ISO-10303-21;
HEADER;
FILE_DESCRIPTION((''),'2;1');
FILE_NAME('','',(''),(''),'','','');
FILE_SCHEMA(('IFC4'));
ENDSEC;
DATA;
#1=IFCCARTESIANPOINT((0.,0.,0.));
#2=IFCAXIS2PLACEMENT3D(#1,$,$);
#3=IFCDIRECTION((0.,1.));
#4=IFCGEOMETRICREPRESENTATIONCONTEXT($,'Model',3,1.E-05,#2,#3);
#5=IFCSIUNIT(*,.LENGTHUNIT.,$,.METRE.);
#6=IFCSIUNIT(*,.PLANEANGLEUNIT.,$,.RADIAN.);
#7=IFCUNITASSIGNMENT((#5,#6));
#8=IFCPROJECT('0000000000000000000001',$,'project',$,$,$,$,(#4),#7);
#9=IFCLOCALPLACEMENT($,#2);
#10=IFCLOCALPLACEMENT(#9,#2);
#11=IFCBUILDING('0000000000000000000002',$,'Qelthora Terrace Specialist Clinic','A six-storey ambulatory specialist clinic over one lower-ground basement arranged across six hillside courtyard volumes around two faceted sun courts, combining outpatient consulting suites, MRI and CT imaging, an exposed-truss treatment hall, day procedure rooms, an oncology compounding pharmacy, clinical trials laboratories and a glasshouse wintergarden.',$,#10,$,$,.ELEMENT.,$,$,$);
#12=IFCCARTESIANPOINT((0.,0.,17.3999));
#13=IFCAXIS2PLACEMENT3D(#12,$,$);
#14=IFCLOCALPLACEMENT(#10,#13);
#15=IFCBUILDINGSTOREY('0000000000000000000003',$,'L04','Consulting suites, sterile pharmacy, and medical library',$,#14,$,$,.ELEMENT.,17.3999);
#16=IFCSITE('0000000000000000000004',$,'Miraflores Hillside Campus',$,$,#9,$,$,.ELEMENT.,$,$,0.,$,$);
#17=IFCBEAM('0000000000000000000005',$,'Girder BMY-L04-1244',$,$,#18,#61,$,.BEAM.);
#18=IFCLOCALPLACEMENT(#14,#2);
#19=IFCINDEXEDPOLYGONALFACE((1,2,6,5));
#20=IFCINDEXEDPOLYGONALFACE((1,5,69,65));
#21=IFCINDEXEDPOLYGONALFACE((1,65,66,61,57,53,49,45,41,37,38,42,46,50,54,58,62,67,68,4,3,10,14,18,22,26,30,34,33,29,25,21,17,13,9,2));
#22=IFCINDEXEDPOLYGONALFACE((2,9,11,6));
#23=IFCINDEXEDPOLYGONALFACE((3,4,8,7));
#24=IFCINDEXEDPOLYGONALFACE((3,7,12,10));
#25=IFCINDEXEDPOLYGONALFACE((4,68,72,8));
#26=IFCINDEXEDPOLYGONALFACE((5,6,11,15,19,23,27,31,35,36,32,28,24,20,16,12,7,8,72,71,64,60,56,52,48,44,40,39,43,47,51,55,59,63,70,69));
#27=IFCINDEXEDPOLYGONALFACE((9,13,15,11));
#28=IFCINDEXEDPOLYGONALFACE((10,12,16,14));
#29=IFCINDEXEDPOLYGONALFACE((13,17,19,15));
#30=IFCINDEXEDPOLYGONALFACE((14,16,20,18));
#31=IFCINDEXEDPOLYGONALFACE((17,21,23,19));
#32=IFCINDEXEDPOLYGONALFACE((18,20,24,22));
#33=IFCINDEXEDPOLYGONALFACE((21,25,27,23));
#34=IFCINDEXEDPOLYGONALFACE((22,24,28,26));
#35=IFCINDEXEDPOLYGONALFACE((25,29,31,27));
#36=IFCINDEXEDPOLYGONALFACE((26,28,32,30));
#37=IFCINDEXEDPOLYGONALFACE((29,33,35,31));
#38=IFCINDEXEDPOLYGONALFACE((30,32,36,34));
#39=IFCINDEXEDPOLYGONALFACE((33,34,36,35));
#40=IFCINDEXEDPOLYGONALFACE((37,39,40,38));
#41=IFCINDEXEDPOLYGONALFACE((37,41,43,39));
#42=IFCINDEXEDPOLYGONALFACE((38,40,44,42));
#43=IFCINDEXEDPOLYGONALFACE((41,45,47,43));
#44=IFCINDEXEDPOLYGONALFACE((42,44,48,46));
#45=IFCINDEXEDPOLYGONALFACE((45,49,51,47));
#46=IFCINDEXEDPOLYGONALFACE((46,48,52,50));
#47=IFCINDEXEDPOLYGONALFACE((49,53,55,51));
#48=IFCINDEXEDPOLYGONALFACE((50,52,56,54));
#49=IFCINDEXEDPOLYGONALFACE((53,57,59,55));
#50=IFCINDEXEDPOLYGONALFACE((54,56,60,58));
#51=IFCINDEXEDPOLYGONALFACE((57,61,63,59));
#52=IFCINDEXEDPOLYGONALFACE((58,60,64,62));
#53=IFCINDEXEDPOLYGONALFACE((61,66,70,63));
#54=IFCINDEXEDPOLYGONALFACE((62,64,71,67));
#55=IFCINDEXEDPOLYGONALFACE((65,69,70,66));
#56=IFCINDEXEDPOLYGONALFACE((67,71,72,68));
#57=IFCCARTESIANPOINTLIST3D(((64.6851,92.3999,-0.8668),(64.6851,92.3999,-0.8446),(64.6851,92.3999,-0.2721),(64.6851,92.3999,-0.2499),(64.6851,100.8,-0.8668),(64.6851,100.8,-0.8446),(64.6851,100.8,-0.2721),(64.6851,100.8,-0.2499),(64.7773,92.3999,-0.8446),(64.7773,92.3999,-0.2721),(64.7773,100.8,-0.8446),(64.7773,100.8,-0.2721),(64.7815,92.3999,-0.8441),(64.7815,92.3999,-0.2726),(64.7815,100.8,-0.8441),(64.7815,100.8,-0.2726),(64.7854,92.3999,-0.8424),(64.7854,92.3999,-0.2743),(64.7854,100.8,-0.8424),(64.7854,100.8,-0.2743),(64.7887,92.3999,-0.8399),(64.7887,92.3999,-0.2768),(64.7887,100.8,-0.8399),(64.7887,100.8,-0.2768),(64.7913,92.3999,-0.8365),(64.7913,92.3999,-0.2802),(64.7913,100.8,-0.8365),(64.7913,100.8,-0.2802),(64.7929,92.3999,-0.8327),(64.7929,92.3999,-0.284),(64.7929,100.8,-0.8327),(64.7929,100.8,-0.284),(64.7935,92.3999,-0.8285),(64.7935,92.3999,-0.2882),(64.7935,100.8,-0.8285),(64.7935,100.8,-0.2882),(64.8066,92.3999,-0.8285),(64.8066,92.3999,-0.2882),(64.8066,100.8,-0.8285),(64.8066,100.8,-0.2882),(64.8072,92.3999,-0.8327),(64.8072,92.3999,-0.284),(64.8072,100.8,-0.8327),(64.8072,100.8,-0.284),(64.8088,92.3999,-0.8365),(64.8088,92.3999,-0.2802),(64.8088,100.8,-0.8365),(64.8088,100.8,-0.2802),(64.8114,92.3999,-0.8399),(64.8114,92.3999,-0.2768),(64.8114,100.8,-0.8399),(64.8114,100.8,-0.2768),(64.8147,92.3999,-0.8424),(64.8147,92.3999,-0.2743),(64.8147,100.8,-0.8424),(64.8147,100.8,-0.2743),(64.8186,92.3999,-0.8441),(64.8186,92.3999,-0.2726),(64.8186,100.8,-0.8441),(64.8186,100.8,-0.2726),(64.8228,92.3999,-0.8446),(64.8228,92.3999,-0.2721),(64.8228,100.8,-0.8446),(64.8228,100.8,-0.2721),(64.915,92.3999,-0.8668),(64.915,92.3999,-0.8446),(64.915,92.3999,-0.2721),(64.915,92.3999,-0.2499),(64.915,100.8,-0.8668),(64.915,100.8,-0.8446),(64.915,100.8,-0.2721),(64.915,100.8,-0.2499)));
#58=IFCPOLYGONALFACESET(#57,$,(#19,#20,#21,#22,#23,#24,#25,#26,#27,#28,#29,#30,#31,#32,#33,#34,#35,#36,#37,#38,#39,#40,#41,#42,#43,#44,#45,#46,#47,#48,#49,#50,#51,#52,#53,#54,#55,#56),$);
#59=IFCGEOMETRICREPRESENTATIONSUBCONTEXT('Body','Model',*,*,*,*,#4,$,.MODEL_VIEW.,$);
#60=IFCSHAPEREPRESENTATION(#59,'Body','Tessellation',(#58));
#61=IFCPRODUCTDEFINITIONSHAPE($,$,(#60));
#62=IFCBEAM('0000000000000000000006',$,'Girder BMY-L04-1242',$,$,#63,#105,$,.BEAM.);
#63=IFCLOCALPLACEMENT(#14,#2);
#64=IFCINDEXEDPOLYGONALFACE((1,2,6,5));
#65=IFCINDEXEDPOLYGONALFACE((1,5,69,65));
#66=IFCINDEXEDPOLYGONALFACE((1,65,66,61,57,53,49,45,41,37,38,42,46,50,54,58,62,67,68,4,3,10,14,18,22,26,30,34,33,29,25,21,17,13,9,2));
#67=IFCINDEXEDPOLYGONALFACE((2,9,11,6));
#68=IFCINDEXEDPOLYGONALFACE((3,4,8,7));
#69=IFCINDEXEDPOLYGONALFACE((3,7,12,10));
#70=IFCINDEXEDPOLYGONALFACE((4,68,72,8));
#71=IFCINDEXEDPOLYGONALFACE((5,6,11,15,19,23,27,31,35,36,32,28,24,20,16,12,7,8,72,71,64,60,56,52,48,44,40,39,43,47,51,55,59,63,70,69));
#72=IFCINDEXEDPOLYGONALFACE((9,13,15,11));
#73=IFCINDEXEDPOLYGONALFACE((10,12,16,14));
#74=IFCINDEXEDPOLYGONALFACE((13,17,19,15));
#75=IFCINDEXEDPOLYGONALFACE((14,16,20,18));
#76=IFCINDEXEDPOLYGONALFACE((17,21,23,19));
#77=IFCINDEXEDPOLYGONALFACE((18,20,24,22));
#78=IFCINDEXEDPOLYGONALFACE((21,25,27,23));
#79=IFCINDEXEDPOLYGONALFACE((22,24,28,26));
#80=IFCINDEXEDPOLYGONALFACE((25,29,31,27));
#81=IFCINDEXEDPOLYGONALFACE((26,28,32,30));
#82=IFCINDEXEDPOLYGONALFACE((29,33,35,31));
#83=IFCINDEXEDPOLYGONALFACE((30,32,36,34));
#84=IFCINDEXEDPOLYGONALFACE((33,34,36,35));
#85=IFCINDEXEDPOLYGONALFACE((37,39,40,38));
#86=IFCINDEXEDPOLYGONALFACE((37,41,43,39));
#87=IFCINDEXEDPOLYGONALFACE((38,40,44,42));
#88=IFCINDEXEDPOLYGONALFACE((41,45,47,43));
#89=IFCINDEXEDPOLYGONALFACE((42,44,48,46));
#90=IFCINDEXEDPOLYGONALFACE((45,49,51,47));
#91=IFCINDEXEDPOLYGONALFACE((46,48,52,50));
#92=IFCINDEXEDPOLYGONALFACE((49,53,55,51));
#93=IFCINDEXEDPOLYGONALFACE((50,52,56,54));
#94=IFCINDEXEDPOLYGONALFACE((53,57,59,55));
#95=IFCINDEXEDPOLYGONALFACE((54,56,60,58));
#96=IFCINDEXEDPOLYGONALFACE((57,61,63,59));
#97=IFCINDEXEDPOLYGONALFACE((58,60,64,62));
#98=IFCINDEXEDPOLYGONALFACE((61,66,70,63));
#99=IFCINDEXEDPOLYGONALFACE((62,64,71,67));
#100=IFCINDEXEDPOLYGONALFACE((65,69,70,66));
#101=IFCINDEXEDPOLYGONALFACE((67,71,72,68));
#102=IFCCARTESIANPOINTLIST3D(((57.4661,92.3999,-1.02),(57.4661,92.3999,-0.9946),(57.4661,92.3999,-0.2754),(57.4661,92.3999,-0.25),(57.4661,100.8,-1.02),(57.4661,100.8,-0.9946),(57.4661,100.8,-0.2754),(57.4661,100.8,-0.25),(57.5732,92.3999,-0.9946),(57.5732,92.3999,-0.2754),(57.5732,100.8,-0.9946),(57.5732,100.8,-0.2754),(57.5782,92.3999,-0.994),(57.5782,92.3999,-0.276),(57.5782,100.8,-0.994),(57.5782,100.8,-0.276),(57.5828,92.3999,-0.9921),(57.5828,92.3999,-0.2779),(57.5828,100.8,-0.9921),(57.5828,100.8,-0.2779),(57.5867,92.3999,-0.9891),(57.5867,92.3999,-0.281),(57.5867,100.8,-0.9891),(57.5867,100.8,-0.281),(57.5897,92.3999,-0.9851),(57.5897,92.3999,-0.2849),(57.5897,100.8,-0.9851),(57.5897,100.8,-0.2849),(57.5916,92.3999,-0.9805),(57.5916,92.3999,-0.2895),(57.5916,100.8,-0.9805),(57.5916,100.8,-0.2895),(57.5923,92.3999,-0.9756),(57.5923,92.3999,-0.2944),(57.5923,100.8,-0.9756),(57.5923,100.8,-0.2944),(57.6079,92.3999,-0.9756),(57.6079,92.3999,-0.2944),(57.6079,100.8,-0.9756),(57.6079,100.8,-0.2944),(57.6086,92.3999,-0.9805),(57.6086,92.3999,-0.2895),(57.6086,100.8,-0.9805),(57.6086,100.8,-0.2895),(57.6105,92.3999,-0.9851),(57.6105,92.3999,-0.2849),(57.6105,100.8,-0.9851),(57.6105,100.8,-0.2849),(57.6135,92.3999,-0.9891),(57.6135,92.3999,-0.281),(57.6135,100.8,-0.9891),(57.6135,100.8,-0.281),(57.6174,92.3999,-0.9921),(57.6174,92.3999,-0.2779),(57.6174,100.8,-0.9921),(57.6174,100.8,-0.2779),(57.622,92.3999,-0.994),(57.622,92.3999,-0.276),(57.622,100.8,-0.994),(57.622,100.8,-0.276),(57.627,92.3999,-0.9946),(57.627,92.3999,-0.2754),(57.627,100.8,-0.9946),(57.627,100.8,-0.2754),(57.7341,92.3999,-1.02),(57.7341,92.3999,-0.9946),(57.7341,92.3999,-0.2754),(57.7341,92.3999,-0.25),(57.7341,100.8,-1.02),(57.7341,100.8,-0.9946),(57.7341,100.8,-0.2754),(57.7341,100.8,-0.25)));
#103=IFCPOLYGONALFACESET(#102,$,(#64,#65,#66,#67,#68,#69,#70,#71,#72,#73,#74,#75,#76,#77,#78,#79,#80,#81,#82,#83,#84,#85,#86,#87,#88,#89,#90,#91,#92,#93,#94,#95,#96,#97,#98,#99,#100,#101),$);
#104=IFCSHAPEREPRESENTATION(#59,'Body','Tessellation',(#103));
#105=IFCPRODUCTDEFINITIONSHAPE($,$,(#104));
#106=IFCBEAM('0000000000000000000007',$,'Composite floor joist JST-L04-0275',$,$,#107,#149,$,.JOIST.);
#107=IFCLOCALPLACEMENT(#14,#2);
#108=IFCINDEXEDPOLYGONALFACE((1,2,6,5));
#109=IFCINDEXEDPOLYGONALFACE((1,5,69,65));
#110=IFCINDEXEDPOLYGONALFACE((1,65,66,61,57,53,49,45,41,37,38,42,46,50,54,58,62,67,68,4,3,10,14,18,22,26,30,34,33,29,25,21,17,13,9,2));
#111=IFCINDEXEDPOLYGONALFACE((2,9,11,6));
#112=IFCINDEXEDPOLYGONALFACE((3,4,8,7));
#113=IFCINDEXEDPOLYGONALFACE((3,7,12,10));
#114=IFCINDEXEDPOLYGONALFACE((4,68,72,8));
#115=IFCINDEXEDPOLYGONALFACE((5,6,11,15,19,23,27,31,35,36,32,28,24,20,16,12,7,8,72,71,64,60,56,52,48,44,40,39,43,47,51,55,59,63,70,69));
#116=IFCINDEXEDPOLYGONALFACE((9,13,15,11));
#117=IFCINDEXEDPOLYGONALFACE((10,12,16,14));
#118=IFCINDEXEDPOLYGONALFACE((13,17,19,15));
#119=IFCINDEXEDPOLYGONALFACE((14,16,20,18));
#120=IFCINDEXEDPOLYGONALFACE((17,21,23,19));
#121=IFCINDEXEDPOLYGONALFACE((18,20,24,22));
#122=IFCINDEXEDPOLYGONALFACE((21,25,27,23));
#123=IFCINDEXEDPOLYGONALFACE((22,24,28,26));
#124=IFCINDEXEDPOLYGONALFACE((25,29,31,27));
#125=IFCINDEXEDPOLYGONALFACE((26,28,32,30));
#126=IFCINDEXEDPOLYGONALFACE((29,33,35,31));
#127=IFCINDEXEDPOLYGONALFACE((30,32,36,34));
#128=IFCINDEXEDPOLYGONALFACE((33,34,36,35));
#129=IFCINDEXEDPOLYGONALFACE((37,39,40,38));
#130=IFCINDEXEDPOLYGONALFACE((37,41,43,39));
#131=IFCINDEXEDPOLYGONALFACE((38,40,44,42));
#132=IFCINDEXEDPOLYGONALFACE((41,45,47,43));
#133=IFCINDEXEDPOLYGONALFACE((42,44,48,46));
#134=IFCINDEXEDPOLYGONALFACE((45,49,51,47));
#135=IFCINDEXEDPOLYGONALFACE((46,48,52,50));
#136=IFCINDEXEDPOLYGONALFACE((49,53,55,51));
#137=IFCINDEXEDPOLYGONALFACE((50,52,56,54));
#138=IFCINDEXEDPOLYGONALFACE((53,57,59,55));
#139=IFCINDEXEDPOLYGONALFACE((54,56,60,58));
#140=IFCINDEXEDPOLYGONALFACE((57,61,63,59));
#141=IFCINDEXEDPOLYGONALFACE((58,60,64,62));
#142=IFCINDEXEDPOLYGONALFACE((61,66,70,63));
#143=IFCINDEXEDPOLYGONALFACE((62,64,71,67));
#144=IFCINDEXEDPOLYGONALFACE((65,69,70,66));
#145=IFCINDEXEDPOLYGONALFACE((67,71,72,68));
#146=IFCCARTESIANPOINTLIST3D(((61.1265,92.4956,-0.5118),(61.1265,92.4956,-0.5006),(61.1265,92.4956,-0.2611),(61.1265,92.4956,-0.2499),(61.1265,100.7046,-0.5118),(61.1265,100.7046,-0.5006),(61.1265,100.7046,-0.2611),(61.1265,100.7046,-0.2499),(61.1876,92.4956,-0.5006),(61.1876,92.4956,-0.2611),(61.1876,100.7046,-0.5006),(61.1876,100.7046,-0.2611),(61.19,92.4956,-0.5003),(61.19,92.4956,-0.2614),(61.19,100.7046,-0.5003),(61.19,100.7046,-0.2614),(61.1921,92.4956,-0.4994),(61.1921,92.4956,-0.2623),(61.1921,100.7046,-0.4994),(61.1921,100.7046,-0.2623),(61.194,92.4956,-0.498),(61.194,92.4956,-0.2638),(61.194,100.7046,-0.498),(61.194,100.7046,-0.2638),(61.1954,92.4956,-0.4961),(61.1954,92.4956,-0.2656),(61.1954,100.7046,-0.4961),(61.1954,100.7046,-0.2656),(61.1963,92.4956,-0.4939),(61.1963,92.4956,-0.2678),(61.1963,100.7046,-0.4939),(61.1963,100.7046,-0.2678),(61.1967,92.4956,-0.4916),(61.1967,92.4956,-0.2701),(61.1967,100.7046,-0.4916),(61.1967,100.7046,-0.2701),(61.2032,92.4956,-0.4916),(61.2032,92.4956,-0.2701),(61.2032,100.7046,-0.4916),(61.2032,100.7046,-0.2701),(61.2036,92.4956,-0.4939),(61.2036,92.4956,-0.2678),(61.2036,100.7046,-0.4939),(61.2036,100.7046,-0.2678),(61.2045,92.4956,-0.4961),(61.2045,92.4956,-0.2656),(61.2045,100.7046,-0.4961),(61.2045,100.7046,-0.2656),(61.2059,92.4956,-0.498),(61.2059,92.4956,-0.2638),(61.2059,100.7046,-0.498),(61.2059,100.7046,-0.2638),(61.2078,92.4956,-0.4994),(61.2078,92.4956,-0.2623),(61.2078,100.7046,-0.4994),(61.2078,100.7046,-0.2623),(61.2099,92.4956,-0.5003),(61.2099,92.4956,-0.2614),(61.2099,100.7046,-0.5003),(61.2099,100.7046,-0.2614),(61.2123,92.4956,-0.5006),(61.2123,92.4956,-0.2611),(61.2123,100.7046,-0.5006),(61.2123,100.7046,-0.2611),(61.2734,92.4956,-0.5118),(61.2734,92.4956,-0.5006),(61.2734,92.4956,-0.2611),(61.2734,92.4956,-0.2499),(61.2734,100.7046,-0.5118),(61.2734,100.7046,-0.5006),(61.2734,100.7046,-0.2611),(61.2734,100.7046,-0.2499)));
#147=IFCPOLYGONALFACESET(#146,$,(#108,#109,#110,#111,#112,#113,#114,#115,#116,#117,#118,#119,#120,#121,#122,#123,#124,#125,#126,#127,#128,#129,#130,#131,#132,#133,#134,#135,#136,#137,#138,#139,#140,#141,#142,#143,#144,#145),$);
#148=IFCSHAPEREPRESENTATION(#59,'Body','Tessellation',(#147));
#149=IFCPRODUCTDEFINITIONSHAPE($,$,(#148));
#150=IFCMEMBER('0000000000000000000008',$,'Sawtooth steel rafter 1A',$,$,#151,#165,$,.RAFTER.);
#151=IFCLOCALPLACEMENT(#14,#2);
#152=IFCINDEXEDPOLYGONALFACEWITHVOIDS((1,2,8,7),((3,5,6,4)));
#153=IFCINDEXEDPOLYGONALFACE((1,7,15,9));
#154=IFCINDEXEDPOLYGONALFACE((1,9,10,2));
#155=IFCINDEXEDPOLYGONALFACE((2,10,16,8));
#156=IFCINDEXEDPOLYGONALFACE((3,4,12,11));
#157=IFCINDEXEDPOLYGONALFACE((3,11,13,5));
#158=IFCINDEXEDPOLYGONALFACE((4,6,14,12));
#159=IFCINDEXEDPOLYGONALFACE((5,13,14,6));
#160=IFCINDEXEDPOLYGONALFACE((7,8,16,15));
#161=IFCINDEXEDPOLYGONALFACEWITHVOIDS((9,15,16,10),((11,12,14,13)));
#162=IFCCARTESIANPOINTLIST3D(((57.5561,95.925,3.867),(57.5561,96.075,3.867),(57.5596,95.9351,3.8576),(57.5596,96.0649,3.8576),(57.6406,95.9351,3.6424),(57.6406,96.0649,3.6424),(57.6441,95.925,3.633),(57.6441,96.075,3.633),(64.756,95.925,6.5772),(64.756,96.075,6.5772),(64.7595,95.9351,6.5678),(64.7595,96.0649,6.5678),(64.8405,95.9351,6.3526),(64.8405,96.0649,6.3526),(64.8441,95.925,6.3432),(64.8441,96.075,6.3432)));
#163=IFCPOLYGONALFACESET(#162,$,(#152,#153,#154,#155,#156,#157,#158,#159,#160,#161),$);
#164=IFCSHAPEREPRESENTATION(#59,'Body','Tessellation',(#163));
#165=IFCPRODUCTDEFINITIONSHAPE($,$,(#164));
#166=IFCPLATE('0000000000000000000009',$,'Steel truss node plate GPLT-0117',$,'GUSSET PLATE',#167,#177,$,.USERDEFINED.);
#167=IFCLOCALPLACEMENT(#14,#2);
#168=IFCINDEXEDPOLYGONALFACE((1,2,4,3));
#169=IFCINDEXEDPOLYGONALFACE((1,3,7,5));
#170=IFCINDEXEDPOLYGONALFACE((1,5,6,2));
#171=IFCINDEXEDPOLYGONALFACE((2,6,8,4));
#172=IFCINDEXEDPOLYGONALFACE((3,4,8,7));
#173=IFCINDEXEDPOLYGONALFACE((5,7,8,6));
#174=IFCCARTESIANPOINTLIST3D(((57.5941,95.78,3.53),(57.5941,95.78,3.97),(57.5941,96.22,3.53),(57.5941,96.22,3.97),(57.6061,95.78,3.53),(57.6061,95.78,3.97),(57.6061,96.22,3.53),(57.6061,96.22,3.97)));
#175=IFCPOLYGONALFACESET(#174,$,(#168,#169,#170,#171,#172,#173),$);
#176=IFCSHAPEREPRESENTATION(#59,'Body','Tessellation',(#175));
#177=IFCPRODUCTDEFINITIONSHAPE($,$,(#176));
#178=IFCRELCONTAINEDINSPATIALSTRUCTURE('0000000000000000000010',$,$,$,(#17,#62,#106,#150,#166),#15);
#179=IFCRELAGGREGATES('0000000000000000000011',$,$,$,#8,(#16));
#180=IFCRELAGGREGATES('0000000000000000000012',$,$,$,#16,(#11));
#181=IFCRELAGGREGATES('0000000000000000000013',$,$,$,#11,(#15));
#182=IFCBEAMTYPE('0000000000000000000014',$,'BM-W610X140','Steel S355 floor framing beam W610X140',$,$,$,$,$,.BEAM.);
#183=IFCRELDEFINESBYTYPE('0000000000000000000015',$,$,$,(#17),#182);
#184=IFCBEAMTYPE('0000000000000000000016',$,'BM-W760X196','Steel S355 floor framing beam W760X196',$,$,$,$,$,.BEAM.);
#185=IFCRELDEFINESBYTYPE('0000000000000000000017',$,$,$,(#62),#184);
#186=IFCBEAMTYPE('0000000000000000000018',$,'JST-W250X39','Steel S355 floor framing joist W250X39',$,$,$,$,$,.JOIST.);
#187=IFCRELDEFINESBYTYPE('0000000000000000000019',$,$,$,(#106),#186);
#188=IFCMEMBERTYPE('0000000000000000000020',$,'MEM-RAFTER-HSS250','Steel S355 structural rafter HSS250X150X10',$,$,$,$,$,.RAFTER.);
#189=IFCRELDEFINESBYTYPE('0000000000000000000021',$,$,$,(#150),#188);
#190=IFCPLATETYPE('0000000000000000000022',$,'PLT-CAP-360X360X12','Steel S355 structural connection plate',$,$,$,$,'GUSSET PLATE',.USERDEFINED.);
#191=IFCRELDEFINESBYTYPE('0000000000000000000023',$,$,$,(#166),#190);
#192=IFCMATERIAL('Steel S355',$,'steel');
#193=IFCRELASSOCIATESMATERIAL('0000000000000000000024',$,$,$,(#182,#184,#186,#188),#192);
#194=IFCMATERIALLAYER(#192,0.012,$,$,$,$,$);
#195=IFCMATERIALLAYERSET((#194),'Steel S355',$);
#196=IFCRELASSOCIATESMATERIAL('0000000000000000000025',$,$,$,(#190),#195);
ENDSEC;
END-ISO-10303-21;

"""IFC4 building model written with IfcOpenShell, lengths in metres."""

from ifc_helpers import new_model, si_unit, direction, frame, origin, origin_2d, place, context, subcontext, project, spatial, rectangle, hollow_rectangle, i_section, extrude, material, layer, layer_set, material_profile, profile_set, type_object, element, save


model = new_model("IFC4")

# Units and contexts
model_context = context("Model", 3, precision=1e-05, world=origin(), true_north=direction((0.0, 1.0)))
body_context = subcontext(model_context, "Body", "Model", "MODEL_VIEW")
ifc_project = project(units=[si_unit("LENGTHUNIT", "METRE"), si_unit("PLANEANGLEUNIT", "RADIAN")], contexts=[model_context])

# Site, building, storey
site_placement = place(None, origin())
site = spatial("IfcSite", under=ifc_project, at=site_placement, Name="Miraflores Hillside Campus", CompositionType="ELEMENT", RefElevation=0.0)
building_placement = place(site_placement, origin())
building = spatial("IfcBuilding", under=site, at=building_placement, Name="Qelthora Terrace Specialist Clinic", Description="A six-storey ambulatory specialist clinic over one lower-ground basement arranged across six hillside courtyard volumes around two faceted sun courts, combining outpatient consulting suites, MRI and CT imaging, an exposed-truss treatment hall, day procedure rooms, an oncology compounding pharmacy, clinical trials laboratories and a glasshouse wintergarden.", CompositionType="ELEMENT")
storey_placement = place(building_placement, frame((0.0, 0.0, 17.3999)))
storey = spatial("IfcBuildingStorey", under=building, at=storey_placement, Name="L04", Description="Consulting suites, sterile pharmacy, and medical library", CompositionType="ELEMENT", Elevation=17.3999)

# Shared definitions
ifc_material_1 = material(Name="Steel S355", Category="steel")

# Beams
ifc_material_profile_1 = material_profile(ifc_material_1, i_section(OverallWidth=0.23, OverallDepth=0.6169, WebThickness=0.0132, FlangeThickness=0.0222, FilletRadius=0.0161, at=origin_2d()), Name="W610X140")
ifc_profile_set_1 = profile_set([ifc_material_profile_1], Name="Steel S355")
beam_type_1 = type_object("IfcBeamType", Name="BM-W610X140", Description="Steel S355 floor framing beam W610X140", PredefinedType="BEAM", material=ifc_profile_set_1)
beam_1_placement = place(storey_placement, frame((64.8, 92.3999, -0.5583), z_axis=(0.0, 1.0, 0.0), x_axis=(-1.0, 0.0, 0.0)))
element("IfcBeam", 1, at=beam_1_placement, inside=storey, type_object=beam_type_1, Name="Girder BMY-L04-1244", PredefinedType="BEAM", context=body_context, shape_type="SweptSolid", body=[
    extrude(i_section(OverallWidth=0.23, OverallDepth=0.6169, WebThickness=0.0132, FlangeThickness=0.0222, FilletRadius=0.0161, at=origin_2d()), origin(), (0.0, 0.0, 1.0), 8.4001),
])
ifc_material_profile_2 = material_profile(ifc_material_1, i_section(OverallWidth=0.2681, OverallDepth=0.77, WebThickness=0.0156, FlangeThickness=0.0254, FilletRadius=0.019, at=origin_2d()), Name="W760X196")
ifc_profile_set_2 = profile_set([ifc_material_profile_2], Name="Steel S355")
beam_type_2 = type_object("IfcBeamType", Name="BM-W760X196", Description="Steel S355 floor framing beam W760X196", PredefinedType="BEAM", material=ifc_profile_set_2)
beam_2_placement = place(storey_placement, frame((57.6001, 92.3999, -0.635), z_axis=(0.0, 1.0, 0.0), x_axis=(-1.0, 0.0, 0.0)))
element("IfcBeam", 2, at=beam_2_placement, inside=storey, type_object=beam_type_2, Name="Girder BMY-L04-1242", PredefinedType="BEAM", context=body_context, shape_type="SweptSolid", body=[
    extrude(i_section(OverallWidth=0.2681, OverallDepth=0.77, WebThickness=0.0156, FlangeThickness=0.0254, FilletRadius=0.019, at=origin_2d()), origin(), (0.0, 0.0, 1.0), 8.4001),
])
ifc_material_profile_3 = material_profile(ifc_material_1, i_section(OverallWidth=0.147, OverallDepth=0.262, WebThickness=0.0066, FlangeThickness=0.0112, FilletRadius=0.009, at=origin_2d()), Name="W250X39")
ifc_profile_set_3 = profile_set([ifc_material_profile_3], Name="Steel S355")
beam_type_3 = type_object("IfcBeamType", Name="JST-W250X39", Description="Steel S355 floor framing joist W250X39", PredefinedType="JOIST", material=ifc_profile_set_3)
beam_3_placement = place(storey_placement, frame((61.2, 92.4956, -0.3809), z_axis=(0.0, 1.0, 0.0), x_axis=(-1.0, 0.0, 0.0)))
element("IfcBeam", 3, at=beam_3_placement, inside=storey, type_object=beam_type_3, Name="Composite floor joist JST-L04-0275", PredefinedType="JOIST", context=body_context, shape_type="SweptSolid", body=[
    extrude(i_section(OverallWidth=0.147, OverallDepth=0.262, WebThickness=0.0066, FlangeThickness=0.0112, FilletRadius=0.009, at=origin_2d()), origin(), (0.0, 0.0, 1.0), 8.209),
])

# Member
ifc_material_profile_4 = material_profile(ifc_material_1, hollow_rectangle(XDim=0.1499, YDim=0.25, WallThickness=0.01, at=origin_2d()), Name="HSS250X150X10")
ifc_profile_set_4 = profile_set([ifc_material_profile_4], Name="Steel S355")
member_type = type_object("IfcMemberType", Name="MEM-RAFTER-HSS250", Description="Steel S355 structural rafter HSS250X150X10", PredefinedType="RAFTER", material=ifc_profile_set_4)
member_placement = place(storey_placement, frame((57.6001, 96.0, 3.75), z_axis=(0.935892, 0.0, 0.352288), x_axis=(0.0, 1.0, 0.0)))
element("IfcMember", 4, at=member_placement, inside=storey, type_object=member_type, Name="Sawtooth steel rafter 1A", PredefinedType="RAFTER", context=body_context, shape_type="SweptSolid", body=[
    extrude(hollow_rectangle(XDim=0.1499, YDim=0.25, WallThickness=0.01, at=origin_2d()), origin(), (0.0, 0.0, 1.0), 7.6931),
])

# Plate
ifc_layer_1 = layer(ifc_material_1, 0.012)
ifc_layer_set_1 = layer_set([ifc_layer_1], Name="Steel S355")
plate_type = type_object("IfcPlateType", Name="PLT-CAP-360X360X12", Description="Steel S355 structural connection plate", ElementType="GUSSET PLATE", PredefinedType="USERDEFINED", material=ifc_layer_set_1)
plate_placement = place(storey_placement, frame((57.6001, 96.0, 3.53), z_axis=(0.0, 0.0, 1.0), x_axis=(1.0, 0.0, 0.0)))
element("IfcPlate", 5, at=plate_placement, inside=storey, type_object=plate_type, Name="Steel truss node plate GPLT-0117", ObjectType="GUSSET PLATE", PredefinedType="USERDEFINED", context=body_context, shape_type="SweptSolid", body=[
    extrude(rectangle(XDim=0.012, YDim=0.4399, at=origin_2d()), origin(), (0.0, 0.0, 1.0), 0.4399),
])

save(model, "model.ifc")
